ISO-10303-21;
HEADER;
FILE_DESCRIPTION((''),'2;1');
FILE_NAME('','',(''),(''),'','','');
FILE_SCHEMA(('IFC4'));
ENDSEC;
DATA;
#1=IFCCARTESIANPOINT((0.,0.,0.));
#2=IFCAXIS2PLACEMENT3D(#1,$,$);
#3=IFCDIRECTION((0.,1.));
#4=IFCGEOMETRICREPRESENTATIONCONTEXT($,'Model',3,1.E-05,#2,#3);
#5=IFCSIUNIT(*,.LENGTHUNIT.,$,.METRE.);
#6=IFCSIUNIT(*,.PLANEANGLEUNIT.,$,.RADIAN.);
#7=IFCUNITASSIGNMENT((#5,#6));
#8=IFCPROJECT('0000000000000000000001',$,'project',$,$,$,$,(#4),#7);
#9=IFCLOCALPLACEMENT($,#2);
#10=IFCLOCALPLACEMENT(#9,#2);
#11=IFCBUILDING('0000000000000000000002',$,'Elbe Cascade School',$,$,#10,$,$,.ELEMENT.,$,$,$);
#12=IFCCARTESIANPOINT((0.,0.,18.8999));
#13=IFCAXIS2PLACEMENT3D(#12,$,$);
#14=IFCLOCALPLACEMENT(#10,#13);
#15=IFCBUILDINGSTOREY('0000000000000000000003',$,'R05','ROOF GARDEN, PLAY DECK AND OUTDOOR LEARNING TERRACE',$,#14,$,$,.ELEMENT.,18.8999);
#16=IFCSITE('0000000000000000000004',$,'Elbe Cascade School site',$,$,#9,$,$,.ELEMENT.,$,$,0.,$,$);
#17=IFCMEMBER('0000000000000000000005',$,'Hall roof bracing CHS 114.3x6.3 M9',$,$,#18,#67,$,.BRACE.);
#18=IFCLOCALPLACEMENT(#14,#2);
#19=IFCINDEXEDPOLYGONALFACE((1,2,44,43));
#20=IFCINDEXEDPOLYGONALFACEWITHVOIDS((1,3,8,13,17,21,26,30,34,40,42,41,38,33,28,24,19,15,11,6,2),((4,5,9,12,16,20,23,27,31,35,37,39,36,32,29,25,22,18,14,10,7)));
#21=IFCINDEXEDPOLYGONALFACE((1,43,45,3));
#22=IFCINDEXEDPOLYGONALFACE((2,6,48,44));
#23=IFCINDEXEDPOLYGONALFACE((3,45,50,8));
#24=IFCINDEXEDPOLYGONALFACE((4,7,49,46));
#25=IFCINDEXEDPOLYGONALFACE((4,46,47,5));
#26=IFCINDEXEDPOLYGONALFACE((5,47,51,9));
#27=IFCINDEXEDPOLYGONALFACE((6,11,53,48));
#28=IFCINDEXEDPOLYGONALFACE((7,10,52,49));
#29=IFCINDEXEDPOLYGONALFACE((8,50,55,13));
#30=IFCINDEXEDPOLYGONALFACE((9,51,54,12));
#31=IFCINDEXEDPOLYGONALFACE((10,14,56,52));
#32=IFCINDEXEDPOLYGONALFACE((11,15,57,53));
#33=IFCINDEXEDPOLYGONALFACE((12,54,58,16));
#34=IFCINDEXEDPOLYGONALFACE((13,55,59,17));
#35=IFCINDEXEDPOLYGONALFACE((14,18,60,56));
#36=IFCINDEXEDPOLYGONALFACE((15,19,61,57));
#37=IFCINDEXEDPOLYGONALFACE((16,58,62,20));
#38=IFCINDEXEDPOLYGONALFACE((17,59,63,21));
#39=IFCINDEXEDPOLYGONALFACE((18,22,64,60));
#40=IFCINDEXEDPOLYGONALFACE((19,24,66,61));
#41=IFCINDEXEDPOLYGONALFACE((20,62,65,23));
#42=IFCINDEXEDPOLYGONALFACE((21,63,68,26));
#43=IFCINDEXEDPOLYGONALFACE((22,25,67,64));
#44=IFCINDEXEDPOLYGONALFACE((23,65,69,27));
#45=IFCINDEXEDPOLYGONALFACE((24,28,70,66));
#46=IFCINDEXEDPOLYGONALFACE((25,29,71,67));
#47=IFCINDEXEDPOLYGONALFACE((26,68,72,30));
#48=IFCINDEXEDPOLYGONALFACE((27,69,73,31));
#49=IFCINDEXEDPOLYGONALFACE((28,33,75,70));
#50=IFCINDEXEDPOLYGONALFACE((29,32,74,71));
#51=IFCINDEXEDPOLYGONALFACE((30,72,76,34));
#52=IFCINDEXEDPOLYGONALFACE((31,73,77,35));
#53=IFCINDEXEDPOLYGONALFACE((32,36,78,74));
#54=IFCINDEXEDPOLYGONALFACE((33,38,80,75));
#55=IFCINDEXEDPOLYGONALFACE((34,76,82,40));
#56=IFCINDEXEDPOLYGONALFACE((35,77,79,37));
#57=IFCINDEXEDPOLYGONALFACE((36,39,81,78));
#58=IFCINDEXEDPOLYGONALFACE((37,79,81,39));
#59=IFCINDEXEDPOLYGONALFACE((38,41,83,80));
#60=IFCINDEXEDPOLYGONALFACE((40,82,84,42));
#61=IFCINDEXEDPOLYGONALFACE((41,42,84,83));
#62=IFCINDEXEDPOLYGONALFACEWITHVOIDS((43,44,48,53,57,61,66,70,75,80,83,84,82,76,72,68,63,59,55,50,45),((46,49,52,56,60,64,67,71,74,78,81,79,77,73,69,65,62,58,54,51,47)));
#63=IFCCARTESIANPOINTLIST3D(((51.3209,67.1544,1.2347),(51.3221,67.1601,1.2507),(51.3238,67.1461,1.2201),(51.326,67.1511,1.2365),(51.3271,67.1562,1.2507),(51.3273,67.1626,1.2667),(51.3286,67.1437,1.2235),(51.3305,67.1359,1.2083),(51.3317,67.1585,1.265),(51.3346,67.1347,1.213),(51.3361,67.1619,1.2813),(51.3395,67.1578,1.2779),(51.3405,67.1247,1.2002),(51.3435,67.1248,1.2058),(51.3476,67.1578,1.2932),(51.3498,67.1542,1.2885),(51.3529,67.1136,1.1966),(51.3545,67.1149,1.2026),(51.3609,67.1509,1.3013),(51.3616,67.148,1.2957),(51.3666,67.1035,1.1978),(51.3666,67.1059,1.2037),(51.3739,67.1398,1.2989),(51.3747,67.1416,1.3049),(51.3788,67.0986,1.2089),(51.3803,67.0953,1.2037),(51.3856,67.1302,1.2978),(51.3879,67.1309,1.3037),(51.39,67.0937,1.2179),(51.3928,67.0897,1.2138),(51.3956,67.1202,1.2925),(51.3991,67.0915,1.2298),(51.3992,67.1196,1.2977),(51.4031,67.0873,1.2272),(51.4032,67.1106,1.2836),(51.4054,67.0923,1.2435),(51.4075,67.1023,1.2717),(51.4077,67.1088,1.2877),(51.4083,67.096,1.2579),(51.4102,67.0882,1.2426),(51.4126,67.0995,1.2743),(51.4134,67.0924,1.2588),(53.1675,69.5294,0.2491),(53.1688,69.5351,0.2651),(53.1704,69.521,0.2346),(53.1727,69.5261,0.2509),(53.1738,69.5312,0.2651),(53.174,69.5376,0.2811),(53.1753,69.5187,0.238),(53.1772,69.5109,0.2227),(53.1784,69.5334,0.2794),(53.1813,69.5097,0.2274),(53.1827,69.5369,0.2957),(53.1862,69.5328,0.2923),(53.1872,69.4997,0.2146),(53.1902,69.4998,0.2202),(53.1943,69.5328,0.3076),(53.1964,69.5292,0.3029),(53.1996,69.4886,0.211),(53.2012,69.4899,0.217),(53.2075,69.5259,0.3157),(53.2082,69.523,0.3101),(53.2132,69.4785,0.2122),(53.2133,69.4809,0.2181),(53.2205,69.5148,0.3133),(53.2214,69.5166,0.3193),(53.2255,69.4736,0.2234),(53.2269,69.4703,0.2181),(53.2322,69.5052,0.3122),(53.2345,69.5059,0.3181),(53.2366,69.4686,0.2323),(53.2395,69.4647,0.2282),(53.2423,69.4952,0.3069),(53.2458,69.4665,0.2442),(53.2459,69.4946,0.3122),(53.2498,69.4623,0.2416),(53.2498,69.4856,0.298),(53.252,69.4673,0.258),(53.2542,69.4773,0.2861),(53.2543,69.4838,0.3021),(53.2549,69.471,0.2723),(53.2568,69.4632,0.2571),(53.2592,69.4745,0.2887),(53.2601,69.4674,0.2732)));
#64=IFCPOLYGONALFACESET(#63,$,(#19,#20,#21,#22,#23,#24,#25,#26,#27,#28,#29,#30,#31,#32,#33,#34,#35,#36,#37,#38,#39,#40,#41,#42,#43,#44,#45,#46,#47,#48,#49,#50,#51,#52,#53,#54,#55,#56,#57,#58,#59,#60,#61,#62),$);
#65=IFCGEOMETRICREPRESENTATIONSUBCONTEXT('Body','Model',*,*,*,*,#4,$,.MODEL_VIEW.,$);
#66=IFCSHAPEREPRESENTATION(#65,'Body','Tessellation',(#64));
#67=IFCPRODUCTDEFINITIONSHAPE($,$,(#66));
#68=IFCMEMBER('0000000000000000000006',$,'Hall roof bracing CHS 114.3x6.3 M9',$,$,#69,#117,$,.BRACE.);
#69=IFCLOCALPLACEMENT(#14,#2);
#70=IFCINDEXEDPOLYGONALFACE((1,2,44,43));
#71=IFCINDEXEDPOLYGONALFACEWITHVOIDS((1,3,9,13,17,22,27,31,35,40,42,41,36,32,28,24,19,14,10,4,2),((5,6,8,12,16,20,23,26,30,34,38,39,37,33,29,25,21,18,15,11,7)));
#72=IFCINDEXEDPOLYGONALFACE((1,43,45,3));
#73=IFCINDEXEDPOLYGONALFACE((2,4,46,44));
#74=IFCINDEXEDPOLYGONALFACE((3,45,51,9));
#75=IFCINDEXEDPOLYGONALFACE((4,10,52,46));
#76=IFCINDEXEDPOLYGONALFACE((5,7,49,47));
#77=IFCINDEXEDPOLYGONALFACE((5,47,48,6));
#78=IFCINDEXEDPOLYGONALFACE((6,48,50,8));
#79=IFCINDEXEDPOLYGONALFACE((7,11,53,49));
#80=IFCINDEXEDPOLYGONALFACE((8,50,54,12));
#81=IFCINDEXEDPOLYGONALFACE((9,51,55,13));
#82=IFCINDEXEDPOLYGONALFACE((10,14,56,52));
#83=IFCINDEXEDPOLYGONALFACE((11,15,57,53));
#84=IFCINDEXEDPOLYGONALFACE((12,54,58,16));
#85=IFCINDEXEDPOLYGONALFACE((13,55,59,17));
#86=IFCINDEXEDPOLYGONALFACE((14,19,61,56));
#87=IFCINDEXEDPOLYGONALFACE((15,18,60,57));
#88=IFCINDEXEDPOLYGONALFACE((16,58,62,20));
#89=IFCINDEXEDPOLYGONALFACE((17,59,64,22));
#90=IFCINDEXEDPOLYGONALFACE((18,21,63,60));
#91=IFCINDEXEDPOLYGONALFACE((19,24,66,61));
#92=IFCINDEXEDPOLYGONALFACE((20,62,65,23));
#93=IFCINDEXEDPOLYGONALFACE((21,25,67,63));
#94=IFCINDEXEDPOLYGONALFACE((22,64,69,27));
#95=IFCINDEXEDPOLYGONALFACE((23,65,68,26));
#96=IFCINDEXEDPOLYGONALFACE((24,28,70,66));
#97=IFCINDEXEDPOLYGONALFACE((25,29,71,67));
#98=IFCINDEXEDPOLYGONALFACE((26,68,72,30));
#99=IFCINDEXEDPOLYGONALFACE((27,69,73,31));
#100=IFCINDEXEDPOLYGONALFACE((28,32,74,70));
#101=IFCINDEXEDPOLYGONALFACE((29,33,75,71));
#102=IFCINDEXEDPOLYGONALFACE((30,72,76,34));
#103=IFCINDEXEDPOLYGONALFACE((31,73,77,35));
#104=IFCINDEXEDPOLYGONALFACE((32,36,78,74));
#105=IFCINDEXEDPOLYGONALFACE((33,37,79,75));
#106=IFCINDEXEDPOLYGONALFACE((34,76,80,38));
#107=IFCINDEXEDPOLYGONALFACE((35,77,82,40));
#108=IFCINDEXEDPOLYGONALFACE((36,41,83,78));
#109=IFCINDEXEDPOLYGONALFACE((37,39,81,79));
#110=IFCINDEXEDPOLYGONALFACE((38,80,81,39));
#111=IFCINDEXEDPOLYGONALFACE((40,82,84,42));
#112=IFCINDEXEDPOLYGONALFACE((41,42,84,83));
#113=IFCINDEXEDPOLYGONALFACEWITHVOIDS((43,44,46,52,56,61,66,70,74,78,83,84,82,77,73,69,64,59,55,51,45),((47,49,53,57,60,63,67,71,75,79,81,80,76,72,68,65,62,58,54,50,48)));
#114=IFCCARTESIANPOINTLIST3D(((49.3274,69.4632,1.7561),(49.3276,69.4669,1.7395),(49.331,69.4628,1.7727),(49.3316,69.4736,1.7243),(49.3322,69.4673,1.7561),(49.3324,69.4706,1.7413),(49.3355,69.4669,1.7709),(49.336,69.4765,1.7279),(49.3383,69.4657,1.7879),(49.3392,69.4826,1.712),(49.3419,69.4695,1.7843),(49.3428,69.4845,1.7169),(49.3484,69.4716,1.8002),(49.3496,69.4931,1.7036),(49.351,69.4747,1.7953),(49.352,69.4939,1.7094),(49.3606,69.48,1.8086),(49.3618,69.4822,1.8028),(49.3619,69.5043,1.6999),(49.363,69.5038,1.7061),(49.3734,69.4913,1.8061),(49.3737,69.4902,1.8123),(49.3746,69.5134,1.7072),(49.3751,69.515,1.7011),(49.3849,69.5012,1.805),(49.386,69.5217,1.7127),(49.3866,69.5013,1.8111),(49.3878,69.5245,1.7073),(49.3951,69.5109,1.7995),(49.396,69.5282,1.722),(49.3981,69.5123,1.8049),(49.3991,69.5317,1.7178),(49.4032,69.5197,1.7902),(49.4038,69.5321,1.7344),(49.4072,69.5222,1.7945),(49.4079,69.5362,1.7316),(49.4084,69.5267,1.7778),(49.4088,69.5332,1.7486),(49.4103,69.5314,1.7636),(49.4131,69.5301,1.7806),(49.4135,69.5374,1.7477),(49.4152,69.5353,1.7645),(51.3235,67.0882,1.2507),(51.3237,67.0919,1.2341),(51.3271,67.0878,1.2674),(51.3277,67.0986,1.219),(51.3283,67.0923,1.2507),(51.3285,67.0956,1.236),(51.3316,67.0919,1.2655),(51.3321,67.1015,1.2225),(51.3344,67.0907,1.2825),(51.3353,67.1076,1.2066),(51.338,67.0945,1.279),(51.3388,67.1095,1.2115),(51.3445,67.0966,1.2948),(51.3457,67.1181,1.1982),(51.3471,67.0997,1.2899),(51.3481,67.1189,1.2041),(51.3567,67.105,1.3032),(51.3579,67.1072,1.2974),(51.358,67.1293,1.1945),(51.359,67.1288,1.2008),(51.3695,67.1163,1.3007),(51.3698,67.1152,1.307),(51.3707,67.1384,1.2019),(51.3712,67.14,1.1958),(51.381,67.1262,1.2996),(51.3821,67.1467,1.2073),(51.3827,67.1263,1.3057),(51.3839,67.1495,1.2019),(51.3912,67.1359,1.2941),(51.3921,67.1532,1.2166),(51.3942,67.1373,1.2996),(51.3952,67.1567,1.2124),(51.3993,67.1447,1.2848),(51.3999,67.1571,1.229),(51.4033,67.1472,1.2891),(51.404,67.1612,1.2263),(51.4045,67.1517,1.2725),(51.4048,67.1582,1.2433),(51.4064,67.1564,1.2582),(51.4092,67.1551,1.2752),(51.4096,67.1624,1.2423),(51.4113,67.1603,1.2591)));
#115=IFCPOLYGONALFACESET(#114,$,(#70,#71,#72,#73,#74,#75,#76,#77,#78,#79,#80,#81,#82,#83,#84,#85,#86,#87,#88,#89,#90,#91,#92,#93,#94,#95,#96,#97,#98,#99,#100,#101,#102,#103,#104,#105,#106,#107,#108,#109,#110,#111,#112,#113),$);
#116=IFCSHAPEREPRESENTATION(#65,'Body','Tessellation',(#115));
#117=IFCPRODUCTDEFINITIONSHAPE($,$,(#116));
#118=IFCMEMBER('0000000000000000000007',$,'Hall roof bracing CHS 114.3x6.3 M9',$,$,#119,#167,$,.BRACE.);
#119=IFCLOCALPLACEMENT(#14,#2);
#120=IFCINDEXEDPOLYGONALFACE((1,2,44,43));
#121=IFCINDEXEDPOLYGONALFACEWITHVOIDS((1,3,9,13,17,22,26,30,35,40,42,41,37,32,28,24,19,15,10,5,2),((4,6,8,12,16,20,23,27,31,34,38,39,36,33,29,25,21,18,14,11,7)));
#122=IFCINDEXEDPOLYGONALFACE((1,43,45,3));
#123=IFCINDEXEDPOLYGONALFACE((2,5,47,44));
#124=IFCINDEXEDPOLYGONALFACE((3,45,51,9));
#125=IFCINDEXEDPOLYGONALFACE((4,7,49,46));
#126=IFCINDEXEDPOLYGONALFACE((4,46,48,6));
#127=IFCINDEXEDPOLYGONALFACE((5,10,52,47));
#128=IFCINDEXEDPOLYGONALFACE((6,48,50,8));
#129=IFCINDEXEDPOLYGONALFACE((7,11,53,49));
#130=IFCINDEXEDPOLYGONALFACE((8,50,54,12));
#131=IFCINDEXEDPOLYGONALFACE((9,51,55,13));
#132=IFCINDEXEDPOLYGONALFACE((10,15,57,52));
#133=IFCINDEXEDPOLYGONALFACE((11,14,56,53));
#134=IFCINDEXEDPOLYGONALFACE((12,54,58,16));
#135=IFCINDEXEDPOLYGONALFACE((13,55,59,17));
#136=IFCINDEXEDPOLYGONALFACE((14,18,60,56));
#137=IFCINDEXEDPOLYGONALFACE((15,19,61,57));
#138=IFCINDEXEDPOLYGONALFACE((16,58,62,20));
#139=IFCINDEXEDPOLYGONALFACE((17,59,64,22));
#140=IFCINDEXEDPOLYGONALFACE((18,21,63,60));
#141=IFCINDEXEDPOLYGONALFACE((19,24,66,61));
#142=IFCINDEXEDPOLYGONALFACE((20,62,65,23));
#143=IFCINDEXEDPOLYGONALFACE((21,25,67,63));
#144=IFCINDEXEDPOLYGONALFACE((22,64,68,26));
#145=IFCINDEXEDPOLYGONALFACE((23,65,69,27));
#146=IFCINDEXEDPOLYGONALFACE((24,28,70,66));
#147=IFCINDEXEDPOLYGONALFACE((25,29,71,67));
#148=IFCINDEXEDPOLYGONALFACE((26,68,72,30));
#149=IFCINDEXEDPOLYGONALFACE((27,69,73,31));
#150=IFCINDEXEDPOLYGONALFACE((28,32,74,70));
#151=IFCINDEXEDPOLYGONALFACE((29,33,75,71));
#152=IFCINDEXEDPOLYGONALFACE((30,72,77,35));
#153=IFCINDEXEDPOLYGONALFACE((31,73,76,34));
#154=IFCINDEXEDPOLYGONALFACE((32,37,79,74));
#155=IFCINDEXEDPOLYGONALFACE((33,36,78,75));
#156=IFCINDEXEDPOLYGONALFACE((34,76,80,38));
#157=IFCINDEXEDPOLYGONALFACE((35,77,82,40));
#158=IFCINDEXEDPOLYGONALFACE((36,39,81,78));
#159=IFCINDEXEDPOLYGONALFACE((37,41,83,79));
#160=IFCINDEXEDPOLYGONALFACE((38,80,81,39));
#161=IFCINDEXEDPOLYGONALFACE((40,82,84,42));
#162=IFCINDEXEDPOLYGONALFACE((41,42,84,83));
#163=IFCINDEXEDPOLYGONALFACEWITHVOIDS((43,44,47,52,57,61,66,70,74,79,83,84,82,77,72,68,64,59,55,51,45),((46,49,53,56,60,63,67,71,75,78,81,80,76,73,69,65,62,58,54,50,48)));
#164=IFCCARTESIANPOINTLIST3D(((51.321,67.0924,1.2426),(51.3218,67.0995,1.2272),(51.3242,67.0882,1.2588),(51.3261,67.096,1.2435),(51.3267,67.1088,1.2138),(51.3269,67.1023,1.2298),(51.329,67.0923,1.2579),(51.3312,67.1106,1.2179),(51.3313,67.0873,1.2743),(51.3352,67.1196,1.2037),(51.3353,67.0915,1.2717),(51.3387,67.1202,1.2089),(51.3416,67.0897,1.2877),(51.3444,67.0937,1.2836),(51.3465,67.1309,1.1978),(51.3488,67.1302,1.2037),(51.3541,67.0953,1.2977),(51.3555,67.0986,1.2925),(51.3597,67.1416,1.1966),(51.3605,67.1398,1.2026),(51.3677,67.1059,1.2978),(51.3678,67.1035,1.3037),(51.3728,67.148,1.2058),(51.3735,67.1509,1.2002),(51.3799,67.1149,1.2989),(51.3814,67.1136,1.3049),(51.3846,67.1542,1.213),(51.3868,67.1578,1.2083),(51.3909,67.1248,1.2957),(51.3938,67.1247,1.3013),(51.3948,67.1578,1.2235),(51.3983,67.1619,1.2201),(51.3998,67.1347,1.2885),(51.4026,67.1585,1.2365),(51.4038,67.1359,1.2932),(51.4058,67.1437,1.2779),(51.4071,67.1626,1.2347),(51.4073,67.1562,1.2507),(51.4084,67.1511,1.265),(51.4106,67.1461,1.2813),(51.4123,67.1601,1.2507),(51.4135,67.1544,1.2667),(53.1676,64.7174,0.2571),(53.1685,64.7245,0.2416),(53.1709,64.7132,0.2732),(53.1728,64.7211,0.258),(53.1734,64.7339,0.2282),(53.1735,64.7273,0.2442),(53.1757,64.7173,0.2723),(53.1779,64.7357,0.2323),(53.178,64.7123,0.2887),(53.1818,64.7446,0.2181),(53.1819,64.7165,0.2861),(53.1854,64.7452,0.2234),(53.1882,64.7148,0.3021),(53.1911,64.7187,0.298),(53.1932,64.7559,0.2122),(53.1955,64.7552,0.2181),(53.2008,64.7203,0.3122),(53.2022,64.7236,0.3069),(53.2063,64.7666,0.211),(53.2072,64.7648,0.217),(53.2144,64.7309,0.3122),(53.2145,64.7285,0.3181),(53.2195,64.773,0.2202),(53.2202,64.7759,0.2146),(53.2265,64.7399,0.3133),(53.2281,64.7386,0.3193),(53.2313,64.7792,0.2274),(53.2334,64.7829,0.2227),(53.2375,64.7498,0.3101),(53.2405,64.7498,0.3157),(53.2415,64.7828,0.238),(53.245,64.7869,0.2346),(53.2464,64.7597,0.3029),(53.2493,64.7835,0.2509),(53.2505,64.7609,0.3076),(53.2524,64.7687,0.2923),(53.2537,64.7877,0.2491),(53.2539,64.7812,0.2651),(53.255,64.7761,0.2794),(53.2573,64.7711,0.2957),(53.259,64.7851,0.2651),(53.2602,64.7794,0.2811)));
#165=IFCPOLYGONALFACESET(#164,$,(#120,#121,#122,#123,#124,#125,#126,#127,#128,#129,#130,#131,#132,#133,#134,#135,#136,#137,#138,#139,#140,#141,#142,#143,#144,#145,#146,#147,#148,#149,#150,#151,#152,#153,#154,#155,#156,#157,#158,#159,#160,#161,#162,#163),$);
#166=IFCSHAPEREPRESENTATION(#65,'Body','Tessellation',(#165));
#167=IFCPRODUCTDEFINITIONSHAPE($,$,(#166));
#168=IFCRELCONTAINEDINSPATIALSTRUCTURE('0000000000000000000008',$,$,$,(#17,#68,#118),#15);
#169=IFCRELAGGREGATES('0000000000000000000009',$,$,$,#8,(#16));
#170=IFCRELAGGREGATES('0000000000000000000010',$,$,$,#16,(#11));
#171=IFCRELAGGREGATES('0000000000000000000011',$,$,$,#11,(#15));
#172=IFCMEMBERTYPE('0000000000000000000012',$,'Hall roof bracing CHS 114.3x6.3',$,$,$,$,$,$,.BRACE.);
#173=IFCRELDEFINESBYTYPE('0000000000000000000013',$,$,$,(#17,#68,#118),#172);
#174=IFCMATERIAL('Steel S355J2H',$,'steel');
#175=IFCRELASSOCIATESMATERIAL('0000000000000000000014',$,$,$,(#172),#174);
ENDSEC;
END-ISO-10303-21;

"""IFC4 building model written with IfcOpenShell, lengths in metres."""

from ifc_helpers import new_model, si_unit, direction, frame, origin, origin_2d, place, context, subcontext, project, spatial, hollow_circle, extrude, material, material_profile, profile_set, type_object, element, save


model = new_model("IFC4")

# Units and contexts
model_context = context("Model", 3, precision=1e-05, world=origin(), true_north=direction((0.0, 1.0)))
body_context = subcontext(model_context, "Body", "Model", "MODEL_VIEW")
ifc_project = project(units=[si_unit("LENGTHUNIT", "METRE"), si_unit("PLANEANGLEUNIT", "RADIAN")], contexts=[model_context])

# Site, building, storey
site_placement = place(None, origin())
site = spatial("IfcSite", under=ifc_project, at=site_placement, Name="Elbe Cascade School site", CompositionType="ELEMENT", RefElevation=0.0)
building_placement = place(site_placement, origin())
building = spatial("IfcBuilding", under=site, at=building_placement, Name="Elbe Cascade School", CompositionType="ELEMENT")
storey_placement = place(building_placement, frame((0.0, 0.0, 18.8999)))
storey = spatial("IfcBuildingStorey", under=building, at=storey_placement, Name="R05", Description="ROOF GARDEN, PLAY DECK AND OUTDOOR LEARNING TERRACE", CompositionType="ELEMENT", Elevation=18.8999)

# Members
ifc_material_1 = material(Name="Steel S355J2H", Category="steel")
ifc_material_profile_1 = material_profile(ifc_material_1, hollow_circle(Radius=0.0571, WallThickness=0.0063, at=origin_2d()), Name="CHS 114.3x6.3")
ifc_profile_set_1 = profile_set([ifc_material_profile_1], Name="Steel S355J2H")
member_type_1 = type_object("IfcMemberType", Name="Hall roof bracing CHS 114.3x6.3", PredefinedType="BRACE", material=ifc_profile_set_1)
member_1_placement = place(storey_placement, frame((51.3672, 67.125, 1.2507), z_axis=(0.583323, 0.750207, -0.311327), x_axis=(-0.78944, 0.613828, 0.0)))
element("IfcMember", 1, at=member_1_placement, inside=storey, type_object=member_type_1, Name="Hall roof bracing CHS 114.3x6.3 M9", PredefinedType="BRACE", context=body_context, shape_type="SweptSolid", body=[
    extrude(hollow_circle(Radius=0.0571, WallThickness=0.0063, at=origin_2d()), origin(), (0.0, 0.0, 1.0), 3.1658),
])
member_2_placement = place(storey_placement, frame((51.3672, 67.125, 1.2507), z_axis=(-0.635029, 0.755572, 0.160777), x_axis=(-0.765531, -0.643399, 0.0)))
element("IfcMember", 2, at=member_2_placement, inside=storey, type_object=member_type_1, Name="Hall roof bracing CHS 114.3x6.3 M9", PredefinedType="BRACE", context=body_context, shape_type="SweptSolid", body=[
    extrude(hollow_circle(Radius=0.0571, WallThickness=0.0063, at=origin_2d()), origin(), (0.0, 0.0, 1.0), 3.1433),
])
member_3_placement = place(storey_placement, frame((51.3672, 67.125, 1.2507), z_axis=(0.583323, -0.750207, -0.311327), x_axis=(0.78944, 0.613828, 0.0)))
element("IfcMember", 3, at=member_3_placement, inside=storey, type_object=member_type_1, Name="Hall roof bracing CHS 114.3x6.3 M9", PredefinedType="BRACE", context=body_context, shape_type="SweptSolid", body=[
    extrude(hollow_circle(Radius=0.0571, WallThickness=0.0063, at=origin_2d()), origin(), (0.0, 0.0, 1.0), 3.1658),
])

save(model, "model.ifc")
